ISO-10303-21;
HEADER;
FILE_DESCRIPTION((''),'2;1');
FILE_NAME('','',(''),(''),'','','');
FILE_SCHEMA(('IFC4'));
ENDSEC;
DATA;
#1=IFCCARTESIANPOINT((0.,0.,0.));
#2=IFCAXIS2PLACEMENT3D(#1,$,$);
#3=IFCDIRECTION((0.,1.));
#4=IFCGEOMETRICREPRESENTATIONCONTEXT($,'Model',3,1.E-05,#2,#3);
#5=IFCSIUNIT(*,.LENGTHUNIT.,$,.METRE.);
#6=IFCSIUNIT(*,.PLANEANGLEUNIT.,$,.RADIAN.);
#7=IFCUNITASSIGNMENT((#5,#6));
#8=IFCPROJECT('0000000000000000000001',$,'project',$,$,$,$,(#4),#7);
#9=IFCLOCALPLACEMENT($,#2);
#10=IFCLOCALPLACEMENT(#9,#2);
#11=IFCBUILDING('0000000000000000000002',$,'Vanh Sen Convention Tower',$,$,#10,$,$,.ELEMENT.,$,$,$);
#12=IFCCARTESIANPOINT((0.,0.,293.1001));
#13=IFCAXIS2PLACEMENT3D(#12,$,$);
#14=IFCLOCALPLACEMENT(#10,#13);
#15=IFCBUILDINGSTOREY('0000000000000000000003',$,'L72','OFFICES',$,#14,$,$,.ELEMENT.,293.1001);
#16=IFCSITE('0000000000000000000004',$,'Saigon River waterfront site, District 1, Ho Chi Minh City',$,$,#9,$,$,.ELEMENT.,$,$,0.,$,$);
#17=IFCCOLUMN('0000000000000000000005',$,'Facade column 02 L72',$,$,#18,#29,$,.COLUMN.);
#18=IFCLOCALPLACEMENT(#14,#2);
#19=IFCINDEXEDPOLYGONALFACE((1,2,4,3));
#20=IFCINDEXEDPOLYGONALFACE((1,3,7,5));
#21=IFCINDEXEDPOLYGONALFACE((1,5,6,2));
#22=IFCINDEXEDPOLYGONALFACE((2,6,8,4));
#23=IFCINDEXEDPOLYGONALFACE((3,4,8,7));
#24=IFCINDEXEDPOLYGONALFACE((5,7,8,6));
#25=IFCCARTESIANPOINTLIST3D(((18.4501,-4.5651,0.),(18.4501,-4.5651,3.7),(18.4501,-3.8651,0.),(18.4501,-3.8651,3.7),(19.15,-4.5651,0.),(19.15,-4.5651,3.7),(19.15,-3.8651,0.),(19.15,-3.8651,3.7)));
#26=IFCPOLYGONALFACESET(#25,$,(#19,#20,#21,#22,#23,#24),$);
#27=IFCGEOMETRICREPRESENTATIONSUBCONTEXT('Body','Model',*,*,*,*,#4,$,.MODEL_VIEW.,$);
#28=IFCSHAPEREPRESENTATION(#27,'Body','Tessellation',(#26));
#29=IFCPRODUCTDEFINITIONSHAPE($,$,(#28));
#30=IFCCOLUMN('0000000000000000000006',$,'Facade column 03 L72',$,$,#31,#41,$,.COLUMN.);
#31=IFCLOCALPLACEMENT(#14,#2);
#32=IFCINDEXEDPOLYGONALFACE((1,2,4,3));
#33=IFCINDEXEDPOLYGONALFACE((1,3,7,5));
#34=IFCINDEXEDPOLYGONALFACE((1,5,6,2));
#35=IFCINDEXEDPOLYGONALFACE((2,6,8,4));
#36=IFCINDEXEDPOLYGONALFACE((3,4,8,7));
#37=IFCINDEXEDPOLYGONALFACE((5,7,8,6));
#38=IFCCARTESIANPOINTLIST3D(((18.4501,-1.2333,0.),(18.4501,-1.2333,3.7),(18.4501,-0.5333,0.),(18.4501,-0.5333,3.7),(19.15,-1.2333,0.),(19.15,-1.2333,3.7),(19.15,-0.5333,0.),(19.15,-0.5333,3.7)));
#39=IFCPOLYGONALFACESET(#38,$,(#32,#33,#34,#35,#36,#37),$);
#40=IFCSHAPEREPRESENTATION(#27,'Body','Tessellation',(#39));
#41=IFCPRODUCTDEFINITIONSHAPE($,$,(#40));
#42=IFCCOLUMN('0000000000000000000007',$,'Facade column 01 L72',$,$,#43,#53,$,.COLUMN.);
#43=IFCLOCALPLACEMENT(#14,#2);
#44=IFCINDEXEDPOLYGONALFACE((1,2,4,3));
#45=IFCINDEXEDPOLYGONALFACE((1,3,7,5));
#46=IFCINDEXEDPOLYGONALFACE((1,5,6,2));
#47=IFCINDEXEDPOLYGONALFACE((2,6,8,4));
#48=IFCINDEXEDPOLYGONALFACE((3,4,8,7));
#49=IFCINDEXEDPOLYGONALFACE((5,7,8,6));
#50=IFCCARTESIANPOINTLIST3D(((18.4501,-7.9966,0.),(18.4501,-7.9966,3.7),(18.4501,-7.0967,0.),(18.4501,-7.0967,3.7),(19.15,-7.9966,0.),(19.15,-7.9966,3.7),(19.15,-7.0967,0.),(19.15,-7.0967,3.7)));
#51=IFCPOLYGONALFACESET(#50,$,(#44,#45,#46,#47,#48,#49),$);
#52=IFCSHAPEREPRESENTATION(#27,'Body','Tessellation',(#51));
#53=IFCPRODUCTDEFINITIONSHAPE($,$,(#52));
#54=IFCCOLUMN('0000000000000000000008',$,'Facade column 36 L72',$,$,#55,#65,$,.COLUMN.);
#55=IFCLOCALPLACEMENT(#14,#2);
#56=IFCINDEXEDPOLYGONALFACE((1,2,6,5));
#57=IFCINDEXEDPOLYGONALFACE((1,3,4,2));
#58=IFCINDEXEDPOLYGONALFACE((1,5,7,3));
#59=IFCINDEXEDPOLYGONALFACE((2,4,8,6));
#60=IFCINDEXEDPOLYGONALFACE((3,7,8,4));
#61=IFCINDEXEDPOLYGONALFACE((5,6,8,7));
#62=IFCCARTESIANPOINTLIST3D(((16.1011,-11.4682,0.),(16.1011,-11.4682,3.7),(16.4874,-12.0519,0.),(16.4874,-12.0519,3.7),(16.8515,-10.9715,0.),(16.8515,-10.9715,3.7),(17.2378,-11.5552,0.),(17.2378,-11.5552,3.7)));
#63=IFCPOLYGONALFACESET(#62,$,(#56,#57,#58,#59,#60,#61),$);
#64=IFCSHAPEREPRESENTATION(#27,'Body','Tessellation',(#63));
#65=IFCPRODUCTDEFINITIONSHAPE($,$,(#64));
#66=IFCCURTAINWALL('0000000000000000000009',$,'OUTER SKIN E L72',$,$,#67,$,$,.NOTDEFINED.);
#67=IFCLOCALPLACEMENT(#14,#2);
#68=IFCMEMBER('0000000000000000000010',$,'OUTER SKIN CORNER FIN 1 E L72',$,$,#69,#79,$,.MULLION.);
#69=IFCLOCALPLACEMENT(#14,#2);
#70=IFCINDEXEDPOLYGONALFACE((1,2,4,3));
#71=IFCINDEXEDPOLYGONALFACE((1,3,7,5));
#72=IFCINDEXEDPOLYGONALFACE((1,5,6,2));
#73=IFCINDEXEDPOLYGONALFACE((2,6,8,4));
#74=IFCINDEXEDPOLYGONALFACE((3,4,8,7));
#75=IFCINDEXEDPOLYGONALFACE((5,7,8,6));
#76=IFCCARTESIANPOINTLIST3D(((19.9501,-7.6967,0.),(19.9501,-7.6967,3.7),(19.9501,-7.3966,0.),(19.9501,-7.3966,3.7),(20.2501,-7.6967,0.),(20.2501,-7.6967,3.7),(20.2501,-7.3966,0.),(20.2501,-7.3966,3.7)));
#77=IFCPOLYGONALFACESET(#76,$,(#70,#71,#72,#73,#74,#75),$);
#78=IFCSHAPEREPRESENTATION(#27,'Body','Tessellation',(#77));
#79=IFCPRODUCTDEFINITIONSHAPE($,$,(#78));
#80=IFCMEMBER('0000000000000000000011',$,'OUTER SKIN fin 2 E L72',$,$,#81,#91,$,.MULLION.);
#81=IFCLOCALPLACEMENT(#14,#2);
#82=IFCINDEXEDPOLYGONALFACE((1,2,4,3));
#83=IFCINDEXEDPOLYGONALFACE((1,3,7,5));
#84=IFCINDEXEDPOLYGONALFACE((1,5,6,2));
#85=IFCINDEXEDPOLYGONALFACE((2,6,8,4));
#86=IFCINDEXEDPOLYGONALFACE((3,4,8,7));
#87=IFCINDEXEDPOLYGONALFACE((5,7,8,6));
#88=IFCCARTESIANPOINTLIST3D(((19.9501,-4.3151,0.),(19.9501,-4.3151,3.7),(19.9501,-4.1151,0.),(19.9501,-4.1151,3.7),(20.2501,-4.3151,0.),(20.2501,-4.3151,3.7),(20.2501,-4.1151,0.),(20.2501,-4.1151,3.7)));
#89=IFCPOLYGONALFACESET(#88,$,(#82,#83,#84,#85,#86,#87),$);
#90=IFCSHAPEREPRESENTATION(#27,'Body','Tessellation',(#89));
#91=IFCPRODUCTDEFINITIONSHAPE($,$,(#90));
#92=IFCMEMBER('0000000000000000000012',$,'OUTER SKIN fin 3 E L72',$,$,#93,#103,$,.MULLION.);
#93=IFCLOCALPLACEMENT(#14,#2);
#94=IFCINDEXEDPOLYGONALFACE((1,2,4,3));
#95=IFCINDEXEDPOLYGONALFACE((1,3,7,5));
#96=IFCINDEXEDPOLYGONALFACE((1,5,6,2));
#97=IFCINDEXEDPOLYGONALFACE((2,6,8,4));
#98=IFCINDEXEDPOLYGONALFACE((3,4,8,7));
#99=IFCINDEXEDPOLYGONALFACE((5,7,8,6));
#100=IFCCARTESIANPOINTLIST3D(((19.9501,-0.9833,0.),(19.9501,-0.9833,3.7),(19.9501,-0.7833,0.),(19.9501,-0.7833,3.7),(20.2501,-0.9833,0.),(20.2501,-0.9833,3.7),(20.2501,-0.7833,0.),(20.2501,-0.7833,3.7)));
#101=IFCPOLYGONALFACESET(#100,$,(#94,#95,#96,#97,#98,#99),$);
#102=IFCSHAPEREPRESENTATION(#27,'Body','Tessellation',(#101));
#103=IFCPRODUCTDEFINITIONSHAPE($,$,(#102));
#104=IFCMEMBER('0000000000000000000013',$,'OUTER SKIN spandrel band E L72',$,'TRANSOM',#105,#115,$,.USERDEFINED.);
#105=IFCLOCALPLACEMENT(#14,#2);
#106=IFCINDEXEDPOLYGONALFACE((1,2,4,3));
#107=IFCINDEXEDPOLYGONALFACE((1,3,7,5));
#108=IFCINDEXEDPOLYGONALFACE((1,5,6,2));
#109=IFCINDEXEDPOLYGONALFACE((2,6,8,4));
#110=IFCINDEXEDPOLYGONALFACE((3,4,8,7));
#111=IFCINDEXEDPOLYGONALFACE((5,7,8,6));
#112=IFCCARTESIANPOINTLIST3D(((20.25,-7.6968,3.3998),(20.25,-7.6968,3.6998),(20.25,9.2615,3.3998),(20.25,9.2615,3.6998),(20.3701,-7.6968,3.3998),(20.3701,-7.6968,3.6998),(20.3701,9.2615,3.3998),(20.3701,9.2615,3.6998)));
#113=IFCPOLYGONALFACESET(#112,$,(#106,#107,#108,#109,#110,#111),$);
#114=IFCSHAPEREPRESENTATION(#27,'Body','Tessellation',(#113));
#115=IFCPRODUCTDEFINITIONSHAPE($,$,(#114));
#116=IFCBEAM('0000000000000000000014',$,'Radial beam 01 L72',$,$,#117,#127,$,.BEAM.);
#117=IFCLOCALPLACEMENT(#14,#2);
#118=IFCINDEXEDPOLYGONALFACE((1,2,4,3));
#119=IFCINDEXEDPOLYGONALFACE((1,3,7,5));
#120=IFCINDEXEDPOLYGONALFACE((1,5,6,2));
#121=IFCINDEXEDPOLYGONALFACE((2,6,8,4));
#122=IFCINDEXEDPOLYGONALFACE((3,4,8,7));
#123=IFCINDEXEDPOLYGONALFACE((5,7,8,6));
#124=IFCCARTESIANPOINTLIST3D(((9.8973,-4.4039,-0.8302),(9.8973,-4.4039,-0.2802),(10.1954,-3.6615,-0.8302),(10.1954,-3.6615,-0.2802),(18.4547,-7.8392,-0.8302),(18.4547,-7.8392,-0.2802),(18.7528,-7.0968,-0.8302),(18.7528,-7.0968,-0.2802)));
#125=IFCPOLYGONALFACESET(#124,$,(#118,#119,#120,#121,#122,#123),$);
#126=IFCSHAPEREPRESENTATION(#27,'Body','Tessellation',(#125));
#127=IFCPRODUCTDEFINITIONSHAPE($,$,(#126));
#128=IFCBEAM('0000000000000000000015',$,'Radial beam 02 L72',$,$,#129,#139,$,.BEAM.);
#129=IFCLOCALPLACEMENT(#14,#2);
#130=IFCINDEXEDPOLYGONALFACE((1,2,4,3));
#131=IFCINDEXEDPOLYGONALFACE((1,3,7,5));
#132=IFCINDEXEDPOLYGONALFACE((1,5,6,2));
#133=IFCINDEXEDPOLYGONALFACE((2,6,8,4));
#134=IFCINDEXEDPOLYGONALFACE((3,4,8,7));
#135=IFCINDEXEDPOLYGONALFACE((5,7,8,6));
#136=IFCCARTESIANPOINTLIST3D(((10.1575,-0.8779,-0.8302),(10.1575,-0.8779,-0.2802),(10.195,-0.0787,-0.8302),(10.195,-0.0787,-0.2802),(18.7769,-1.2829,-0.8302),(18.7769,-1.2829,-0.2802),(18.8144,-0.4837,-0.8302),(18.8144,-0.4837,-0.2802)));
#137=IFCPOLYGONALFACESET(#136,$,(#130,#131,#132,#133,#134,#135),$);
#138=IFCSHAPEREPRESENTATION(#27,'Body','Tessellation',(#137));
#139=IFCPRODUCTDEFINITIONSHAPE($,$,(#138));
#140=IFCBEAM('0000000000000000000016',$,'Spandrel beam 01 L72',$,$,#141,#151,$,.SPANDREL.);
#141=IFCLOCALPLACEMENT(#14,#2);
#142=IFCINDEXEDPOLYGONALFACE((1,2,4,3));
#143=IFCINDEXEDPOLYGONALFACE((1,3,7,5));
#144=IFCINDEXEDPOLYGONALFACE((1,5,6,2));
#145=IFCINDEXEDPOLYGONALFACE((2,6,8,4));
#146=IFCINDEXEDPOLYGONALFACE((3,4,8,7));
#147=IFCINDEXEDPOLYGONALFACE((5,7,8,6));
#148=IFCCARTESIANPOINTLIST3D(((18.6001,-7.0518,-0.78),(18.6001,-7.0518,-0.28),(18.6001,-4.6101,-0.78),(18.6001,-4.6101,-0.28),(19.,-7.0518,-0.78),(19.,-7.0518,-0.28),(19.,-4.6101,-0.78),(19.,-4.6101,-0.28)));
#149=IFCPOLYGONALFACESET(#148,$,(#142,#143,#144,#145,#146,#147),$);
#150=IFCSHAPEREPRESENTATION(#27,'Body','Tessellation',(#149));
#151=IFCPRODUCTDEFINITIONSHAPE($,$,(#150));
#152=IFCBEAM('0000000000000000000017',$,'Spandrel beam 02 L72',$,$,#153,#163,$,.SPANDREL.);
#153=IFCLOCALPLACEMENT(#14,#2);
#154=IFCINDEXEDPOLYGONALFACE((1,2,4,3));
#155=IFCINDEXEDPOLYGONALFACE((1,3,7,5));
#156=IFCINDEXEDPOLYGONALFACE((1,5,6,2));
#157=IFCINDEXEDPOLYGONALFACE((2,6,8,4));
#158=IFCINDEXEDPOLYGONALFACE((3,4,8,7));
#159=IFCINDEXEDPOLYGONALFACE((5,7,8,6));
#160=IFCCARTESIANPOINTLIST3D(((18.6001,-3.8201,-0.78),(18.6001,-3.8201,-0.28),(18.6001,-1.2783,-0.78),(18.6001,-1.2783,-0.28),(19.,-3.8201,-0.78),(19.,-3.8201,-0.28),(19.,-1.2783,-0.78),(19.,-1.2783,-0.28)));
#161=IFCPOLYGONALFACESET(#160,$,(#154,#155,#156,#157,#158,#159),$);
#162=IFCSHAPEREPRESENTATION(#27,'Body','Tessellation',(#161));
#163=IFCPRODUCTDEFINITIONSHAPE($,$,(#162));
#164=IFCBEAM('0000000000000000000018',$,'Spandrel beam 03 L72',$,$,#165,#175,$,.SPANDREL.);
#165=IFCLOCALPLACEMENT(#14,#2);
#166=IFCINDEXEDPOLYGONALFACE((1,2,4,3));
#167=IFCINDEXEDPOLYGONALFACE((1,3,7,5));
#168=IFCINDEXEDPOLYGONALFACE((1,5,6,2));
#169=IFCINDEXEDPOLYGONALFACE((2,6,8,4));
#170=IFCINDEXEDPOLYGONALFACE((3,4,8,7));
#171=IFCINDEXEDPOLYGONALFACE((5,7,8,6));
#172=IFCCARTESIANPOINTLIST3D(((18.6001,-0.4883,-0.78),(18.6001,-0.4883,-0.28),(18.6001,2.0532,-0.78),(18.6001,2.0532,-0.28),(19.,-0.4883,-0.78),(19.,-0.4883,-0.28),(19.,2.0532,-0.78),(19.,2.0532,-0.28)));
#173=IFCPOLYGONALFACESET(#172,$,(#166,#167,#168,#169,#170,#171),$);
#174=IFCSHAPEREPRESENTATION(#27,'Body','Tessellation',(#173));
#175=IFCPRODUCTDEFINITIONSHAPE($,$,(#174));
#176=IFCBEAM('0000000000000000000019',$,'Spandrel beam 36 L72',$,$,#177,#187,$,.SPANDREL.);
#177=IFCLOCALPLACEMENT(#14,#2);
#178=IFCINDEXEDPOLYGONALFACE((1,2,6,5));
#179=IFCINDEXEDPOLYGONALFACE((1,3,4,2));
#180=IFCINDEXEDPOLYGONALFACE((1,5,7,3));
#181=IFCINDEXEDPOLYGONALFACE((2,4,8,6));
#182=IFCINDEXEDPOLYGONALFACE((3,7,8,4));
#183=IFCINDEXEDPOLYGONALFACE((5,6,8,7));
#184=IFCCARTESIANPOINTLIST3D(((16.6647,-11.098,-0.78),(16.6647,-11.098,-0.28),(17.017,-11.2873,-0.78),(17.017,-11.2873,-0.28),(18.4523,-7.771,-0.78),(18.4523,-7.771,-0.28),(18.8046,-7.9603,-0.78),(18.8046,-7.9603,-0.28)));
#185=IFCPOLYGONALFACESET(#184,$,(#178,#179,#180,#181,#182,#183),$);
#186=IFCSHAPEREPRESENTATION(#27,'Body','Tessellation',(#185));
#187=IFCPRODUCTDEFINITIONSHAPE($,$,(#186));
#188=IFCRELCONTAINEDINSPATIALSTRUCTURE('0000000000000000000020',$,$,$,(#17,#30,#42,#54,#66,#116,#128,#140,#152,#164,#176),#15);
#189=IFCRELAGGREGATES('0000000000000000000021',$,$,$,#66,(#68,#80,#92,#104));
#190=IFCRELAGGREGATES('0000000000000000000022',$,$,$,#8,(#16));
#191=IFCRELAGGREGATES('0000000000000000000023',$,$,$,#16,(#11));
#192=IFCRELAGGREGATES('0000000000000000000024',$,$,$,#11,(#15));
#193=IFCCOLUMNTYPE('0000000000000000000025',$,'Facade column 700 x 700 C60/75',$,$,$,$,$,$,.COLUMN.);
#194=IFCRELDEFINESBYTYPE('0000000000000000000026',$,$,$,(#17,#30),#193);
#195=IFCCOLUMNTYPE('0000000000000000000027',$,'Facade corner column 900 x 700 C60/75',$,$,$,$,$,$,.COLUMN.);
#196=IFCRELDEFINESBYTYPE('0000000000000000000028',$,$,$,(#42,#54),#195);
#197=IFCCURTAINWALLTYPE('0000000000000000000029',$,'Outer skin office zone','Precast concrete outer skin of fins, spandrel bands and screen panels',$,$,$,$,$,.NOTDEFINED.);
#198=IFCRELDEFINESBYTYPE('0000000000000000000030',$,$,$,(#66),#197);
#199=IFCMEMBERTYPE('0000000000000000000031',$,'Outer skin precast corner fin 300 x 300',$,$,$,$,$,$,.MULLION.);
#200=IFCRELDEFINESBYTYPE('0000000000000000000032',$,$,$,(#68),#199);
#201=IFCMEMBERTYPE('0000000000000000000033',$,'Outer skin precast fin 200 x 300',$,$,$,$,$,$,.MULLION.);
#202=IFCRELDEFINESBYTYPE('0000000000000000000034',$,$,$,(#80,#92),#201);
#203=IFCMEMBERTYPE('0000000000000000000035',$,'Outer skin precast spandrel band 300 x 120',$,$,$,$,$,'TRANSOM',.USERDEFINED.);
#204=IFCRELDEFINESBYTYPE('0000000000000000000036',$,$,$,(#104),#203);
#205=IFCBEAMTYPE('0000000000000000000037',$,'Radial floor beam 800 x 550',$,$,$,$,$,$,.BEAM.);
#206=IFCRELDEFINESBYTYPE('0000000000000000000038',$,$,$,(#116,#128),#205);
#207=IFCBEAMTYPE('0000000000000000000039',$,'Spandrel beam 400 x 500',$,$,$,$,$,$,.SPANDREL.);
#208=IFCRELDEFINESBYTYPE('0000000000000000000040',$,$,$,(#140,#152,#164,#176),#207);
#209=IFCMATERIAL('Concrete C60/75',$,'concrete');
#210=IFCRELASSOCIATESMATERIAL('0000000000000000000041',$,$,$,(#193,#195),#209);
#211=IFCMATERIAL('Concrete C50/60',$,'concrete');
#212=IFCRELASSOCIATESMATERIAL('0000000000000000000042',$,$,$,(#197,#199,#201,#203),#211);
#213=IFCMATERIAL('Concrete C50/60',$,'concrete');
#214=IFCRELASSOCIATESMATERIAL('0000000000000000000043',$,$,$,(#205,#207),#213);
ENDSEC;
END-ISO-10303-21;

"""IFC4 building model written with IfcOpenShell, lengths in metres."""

from ifc_helpers import new_model, si_unit, direction, frame, origin, origin_2d, place, context, subcontext, project, spatial, rectangle, extrude, material, material_profile, profile_set, type_object, element, aggregate, save


model = new_model("IFC4")

# Units and contexts
model_context = context("Model", 3, precision=1e-05, world=origin(), true_north=direction((0.0, 1.0)))
body_context = subcontext(model_context, "Body", "Model", "MODEL_VIEW")
ifc_project = project(units=[si_unit("LENGTHUNIT", "METRE"), si_unit("PLANEANGLEUNIT", "RADIAN")], contexts=[model_context])

# Site, building, storey
site_placement = place(None, origin())
site = spatial("IfcSite", under=ifc_project, at=site_placement, Name="Saigon River waterfront site, District 1, Ho Chi Minh City", CompositionType="ELEMENT", RefElevation=0.0)
building_placement = place(site_placement, origin())
building = spatial("IfcBuilding", under=site, at=building_placement, Name="Vanh Sen Convention Tower", CompositionType="ELEMENT")
storey_placement = place(building_placement, frame((0.0, 0.0, 293.1001)))
storey = spatial("IfcBuildingStorey", under=building, at=storey_placement, Name="L72", Description="OFFICES", CompositionType="ELEMENT", Elevation=293.1001)

# Columns
ifc_material_1 = material(Name="Concrete C60/75", Category="concrete")
ifc_material_profile_1 = material_profile(ifc_material_1, rectangle(XDim=0.7, YDim=0.7, at=origin_2d()), Name="RC 700X700")
ifc_profile_set_1 = profile_set([ifc_material_profile_1], Name="Concrete C60/75")
column_type_1 = type_object("IfcColumnType", Name="Facade column 700 x 700 C60/75", PredefinedType="COLUMN", material=ifc_profile_set_1)
for number, where, z_axis, x_axis, name in (
    (1, (18.8, -4.2151, 0.0), (0.0, 0.0, 1.0), (0.0, 1.0, 0.0), "Facade column 02 L72"),
    (2, (18.8, -0.8833, 0.0), (0.0, 0.0, 1.0), (0.0, 1.0, 0.0), "Facade column 03 L72"),
):
    element("IfcColumn", number, at=place(storey_placement, frame(where, z_axis=z_axis, x_axis=x_axis)), inside=storey, type_object=column_type_1, Name=name, PredefinedType="COLUMN", context=body_context, shape_type="SweptSolid", body=[
        extrude(rectangle(XDim=0.7, YDim=0.7, at=origin_2d()), origin(), (0.0, 0.0, 1.0), 3.7),
    ])
ifc_material_profile_2 = material_profile(ifc_material_1, rectangle(XDim=0.8999, YDim=0.7, at=origin_2d()), Name="RC 900X700")
ifc_profile_set_2 = profile_set([ifc_material_profile_2], Name="Concrete C60/75")
column_type_2 = type_object("IfcColumnType", Name="Facade corner column 900 x 700 C60/75", PredefinedType="COLUMN", material=ifc_profile_set_2)
for number, where, z_axis, x_axis, name in (
    (3, (18.8, -7.5466, 0.0), (0.0, 0.0, 1.0), (0.0, 1.0, 0.0), "Facade column 01 L72"),
    (4, (16.6694, -11.5117, 0.0), (0.0, 0.0, 1.0), (0.833886, 0.551937, 0.0), "Facade column 36 L72"),
):
    element("IfcColumn", number, at=place(storey_placement, frame(where, z_axis=z_axis, x_axis=x_axis)), inside=storey, type_object=column_type_2, Name=name, PredefinedType="COLUMN", context=body_context, shape_type="SweptSolid", body=[
        extrude(rectangle(XDim=0.8999, YDim=0.7, at=origin_2d()), origin(), (0.0, 0.0, 1.0), 3.7),
    ])

# Curtain wall, members
ifc_material_2 = material(Name="Concrete C50/60", Category="concrete")
curtain_wall_type = type_object("IfcCurtainWallType", Name="Outer skin office zone", Description="Precast concrete outer skin of fins, spandrel bands and screen panels", PredefinedType="NOTDEFINED", material=ifc_material_2)
curtain_wall_1_placement = place(storey_placement, origin())
curtain_wall_1 = element("IfcCurtainWall", 5, at=curtain_wall_1_placement, inside=storey, type_object=curtain_wall_type, Name="OUTER SKIN E L72", PredefinedType="NOTDEFINED")
ifc_material_profile_3 = material_profile(ifc_material_2, rectangle(XDim=0.3, YDim=0.3, at=origin_2d()), Name="Outer skin precast corner fin 300 x 300")
ifc_profile_set_3 = profile_set([ifc_material_profile_3], Name="Concrete C50/60")
member_type_1 = type_object("IfcMemberType", Name="Outer skin precast corner fin 300 x 300", PredefinedType="MULLION", material=ifc_profile_set_3)
member_1_placement = place(storey_placement, frame((20.1001, -7.5466, 0.0), z_axis=(0.0, 0.0, 1.0), x_axis=(0.0, 1.0, 0.0)))
member_1 = element("IfcMember", 6, at=member_1_placement, type_object=member_type_1, Name="OUTER SKIN CORNER FIN 1 E L72", PredefinedType="MULLION", context=body_context, shape_type="SweptSolid", body=[
    extrude(rectangle(XDim=0.3, YDim=0.3, at=origin_2d()), origin(), (0.0, 0.0, 1.0), 3.7),
])
ifc_material_profile_4 = material_profile(ifc_material_2, rectangle(XDim=0.2, YDim=0.3, at=origin_2d()), Name="Outer skin precast fin 200 x 300")
ifc_profile_set_4 = profile_set([ifc_material_profile_4], Name="Concrete C50/60")
member_type_2 = type_object("IfcMemberType", Name="Outer skin precast fin 200 x 300", PredefinedType="MULLION", material=ifc_profile_set_4)
member_2_placement = place(storey_placement, frame((20.1001, -4.2151, 0.0), z_axis=(0.0, 0.0, 1.0), x_axis=(0.0, 1.0, 0.0)))
member_2 = element("IfcMember", 7, at=member_2_placement, type_object=member_type_2, Name="OUTER SKIN fin 2 E L72", PredefinedType="MULLION", context=body_context, shape_type="SweptSolid", body=[
    extrude(rectangle(XDim=0.2, YDim=0.3, at=origin_2d()), origin(), (0.0, 0.0, 1.0), 3.7),
])
member_3_placement = place(storey_placement, frame((20.1001, -0.8833, 0.0), z_axis=(0.0, 0.0, 1.0), x_axis=(0.0, 1.0, 0.0)))
member_3 = element("IfcMember", 8, at=member_3_placement, type_object=member_type_2, Name="OUTER SKIN fin 3 E L72", PredefinedType="MULLION", context=body_context, shape_type="SweptSolid", body=[
    extrude(rectangle(XDim=0.2, YDim=0.3, at=origin_2d()), origin(), (0.0, 0.0, 1.0), 3.7),
])
ifc_material_profile_5 = material_profile(ifc_material_2, rectangle(XDim=0.1201, YDim=0.3, at=origin_2d()), Name="Outer skin precast spandrel band 300 x 120")
ifc_profile_set_5 = profile_set([ifc_material_profile_5], Name="Concrete C50/60")
member_type_3 = type_object("IfcMemberType", Name="Outer skin precast spandrel band 300 x 120", ElementType="TRANSOM", PredefinedType="USERDEFINED", material=ifc_profile_set_5)
member_4_placement = place(storey_placement, frame((20.3101, -7.6968, 3.5498), z_axis=(0.0, 1.0, 0.0), x_axis=(-1.0, 0.0, 0.0)))
member_4 = element("IfcMember", 9, at=member_4_placement, type_object=member_type_3, Name="OUTER SKIN spandrel band E L72", ObjectType="TRANSOM", PredefinedType="USERDEFINED", context=body_context, shape_type="SweptSolid", body=[
    extrude(rectangle(XDim=0.1201, YDim=0.3, at=origin_2d()), origin(), (0.0, 0.0, 1.0), 16.9583),
])

# Beams
ifc_material_3 = material(Name="Concrete C50/60", Category="concrete")
ifc_material_profile_6 = material_profile(ifc_material_3, rectangle(XDim=0.8, YDim=0.55, at=origin_2d()), Name="RC 800X550")
ifc_profile_set_6 = profile_set([ifc_material_profile_6], Name="Concrete C50/60")
beam_type_1 = type_object("IfcBeamType", Name="Radial floor beam 800 x 550", PredefinedType="BEAM", material=ifc_profile_set_6)
beam_1_placement = place(storey_placement, frame((18.6038, -7.468, -0.5552), z_axis=(-0.928014, 0.372545, 0.0), x_axis=(-0.372545, -0.928014, 0.0)))
element("IfcBeam", 10, at=beam_1_placement, inside=storey, type_object=beam_type_1, Name="Radial beam 01 L72", PredefinedType="BEAM", context=body_context, shape_type="SweptSolid", body=[
    extrude(rectangle(XDim=0.8, YDim=0.55, at=origin_2d()), origin(), (0.0, 0.0, 1.0), 9.2212),
])
beam_2_placement = place(storey_placement, frame((18.7957, -0.8833, -0.5552), z_axis=(-0.998898, 0.046939, 0.0), x_axis=(-0.046939, -0.998898, 0.0)))
element("IfcBeam", 11, at=beam_2_placement, inside=storey, type_object=beam_type_1, Name="Radial beam 02 L72", PredefinedType="BEAM", context=body_context, shape_type="SweptSolid", body=[
    extrude(rectangle(XDim=0.8, YDim=0.55, at=origin_2d()), origin(), (0.0, 0.0, 1.0), 8.6289),
])
ifc_material_profile_7 = material_profile(ifc_material_3, rectangle(XDim=0.3999, YDim=0.5, at=origin_2d()), Name="RC 400X500")
ifc_profile_set_7 = profile_set([ifc_material_profile_7], Name="Concrete C50/60")
beam_type_2 = type_object("IfcBeamType", Name="Spandrel beam 400 x 500", PredefinedType="SPANDREL", material=ifc_profile_set_7)
beam_3_placement = place(storey_placement, frame((18.8, -7.0518, -0.53), z_axis=(0.0, 1.0, 0.0), x_axis=(-1.0, 0.0, 0.0)))
element("IfcBeam", 12, at=beam_3_placement, inside=storey, type_object=beam_type_2, Name="Spandrel beam 01 L72", PredefinedType="SPANDREL", context=body_context, shape_type="SweptSolid", body=[
    extrude(rectangle(XDim=0.3999, YDim=0.5, at=origin_2d()), origin(), (0.0, 0.0, 1.0), 2.4417),
])
beam_4_placement = place(storey_placement, frame((18.8, -3.8201, -0.53), z_axis=(0.0, 1.0, 0.0), x_axis=(-1.0, 0.0, 0.0)))
element("IfcBeam", 13, at=beam_4_placement, inside=storey, type_object=beam_type_2, Name="Spandrel beam 02 L72", PredefinedType="SPANDREL", context=body_context, shape_type="SweptSolid", body=[
    extrude(rectangle(XDim=0.3999, YDim=0.5, at=origin_2d()), origin(), (0.0, 0.0, 1.0), 2.5417),
])
beam_5_placement = place(storey_placement, frame((18.8, -0.4883, -0.53), z_axis=(0.0, 1.0, 0.0), x_axis=(-1.0, 0.0, 0.0)))
element("IfcBeam", 14, at=beam_5_placement, inside=storey, type_object=beam_type_2, Name="Spandrel beam 03 L72", PredefinedType="SPANDREL", context=body_context, shape_type="SweptSolid", body=[
    extrude(rectangle(XDim=0.3999, YDim=0.5, at=origin_2d()), origin(), (0.0, 0.0, 1.0), 2.5415),
])
beam_6_placement = place(storey_placement, frame((16.8408, -11.1926, -0.53), z_axis=(0.473317, 0.880892, 0.0), x_axis=(-0.880892, 0.473317, 0.0)))
element("IfcBeam", 15, at=beam_6_placement, inside=storey, type_object=beam_type_2, Name="Spandrel beam 36 L72", PredefinedType="SPANDREL", context=body_context, shape_type="SweptSolid", body=[
    extrude(rectangle(XDim=0.3999, YDim=0.5, at=origin_2d()), origin(), (0.0, 0.0, 1.0), 3.7769),
])

aggregate(curtain_wall_1, [member_1, member_2, member_3, member_4])

save(model, "model.ifc")
